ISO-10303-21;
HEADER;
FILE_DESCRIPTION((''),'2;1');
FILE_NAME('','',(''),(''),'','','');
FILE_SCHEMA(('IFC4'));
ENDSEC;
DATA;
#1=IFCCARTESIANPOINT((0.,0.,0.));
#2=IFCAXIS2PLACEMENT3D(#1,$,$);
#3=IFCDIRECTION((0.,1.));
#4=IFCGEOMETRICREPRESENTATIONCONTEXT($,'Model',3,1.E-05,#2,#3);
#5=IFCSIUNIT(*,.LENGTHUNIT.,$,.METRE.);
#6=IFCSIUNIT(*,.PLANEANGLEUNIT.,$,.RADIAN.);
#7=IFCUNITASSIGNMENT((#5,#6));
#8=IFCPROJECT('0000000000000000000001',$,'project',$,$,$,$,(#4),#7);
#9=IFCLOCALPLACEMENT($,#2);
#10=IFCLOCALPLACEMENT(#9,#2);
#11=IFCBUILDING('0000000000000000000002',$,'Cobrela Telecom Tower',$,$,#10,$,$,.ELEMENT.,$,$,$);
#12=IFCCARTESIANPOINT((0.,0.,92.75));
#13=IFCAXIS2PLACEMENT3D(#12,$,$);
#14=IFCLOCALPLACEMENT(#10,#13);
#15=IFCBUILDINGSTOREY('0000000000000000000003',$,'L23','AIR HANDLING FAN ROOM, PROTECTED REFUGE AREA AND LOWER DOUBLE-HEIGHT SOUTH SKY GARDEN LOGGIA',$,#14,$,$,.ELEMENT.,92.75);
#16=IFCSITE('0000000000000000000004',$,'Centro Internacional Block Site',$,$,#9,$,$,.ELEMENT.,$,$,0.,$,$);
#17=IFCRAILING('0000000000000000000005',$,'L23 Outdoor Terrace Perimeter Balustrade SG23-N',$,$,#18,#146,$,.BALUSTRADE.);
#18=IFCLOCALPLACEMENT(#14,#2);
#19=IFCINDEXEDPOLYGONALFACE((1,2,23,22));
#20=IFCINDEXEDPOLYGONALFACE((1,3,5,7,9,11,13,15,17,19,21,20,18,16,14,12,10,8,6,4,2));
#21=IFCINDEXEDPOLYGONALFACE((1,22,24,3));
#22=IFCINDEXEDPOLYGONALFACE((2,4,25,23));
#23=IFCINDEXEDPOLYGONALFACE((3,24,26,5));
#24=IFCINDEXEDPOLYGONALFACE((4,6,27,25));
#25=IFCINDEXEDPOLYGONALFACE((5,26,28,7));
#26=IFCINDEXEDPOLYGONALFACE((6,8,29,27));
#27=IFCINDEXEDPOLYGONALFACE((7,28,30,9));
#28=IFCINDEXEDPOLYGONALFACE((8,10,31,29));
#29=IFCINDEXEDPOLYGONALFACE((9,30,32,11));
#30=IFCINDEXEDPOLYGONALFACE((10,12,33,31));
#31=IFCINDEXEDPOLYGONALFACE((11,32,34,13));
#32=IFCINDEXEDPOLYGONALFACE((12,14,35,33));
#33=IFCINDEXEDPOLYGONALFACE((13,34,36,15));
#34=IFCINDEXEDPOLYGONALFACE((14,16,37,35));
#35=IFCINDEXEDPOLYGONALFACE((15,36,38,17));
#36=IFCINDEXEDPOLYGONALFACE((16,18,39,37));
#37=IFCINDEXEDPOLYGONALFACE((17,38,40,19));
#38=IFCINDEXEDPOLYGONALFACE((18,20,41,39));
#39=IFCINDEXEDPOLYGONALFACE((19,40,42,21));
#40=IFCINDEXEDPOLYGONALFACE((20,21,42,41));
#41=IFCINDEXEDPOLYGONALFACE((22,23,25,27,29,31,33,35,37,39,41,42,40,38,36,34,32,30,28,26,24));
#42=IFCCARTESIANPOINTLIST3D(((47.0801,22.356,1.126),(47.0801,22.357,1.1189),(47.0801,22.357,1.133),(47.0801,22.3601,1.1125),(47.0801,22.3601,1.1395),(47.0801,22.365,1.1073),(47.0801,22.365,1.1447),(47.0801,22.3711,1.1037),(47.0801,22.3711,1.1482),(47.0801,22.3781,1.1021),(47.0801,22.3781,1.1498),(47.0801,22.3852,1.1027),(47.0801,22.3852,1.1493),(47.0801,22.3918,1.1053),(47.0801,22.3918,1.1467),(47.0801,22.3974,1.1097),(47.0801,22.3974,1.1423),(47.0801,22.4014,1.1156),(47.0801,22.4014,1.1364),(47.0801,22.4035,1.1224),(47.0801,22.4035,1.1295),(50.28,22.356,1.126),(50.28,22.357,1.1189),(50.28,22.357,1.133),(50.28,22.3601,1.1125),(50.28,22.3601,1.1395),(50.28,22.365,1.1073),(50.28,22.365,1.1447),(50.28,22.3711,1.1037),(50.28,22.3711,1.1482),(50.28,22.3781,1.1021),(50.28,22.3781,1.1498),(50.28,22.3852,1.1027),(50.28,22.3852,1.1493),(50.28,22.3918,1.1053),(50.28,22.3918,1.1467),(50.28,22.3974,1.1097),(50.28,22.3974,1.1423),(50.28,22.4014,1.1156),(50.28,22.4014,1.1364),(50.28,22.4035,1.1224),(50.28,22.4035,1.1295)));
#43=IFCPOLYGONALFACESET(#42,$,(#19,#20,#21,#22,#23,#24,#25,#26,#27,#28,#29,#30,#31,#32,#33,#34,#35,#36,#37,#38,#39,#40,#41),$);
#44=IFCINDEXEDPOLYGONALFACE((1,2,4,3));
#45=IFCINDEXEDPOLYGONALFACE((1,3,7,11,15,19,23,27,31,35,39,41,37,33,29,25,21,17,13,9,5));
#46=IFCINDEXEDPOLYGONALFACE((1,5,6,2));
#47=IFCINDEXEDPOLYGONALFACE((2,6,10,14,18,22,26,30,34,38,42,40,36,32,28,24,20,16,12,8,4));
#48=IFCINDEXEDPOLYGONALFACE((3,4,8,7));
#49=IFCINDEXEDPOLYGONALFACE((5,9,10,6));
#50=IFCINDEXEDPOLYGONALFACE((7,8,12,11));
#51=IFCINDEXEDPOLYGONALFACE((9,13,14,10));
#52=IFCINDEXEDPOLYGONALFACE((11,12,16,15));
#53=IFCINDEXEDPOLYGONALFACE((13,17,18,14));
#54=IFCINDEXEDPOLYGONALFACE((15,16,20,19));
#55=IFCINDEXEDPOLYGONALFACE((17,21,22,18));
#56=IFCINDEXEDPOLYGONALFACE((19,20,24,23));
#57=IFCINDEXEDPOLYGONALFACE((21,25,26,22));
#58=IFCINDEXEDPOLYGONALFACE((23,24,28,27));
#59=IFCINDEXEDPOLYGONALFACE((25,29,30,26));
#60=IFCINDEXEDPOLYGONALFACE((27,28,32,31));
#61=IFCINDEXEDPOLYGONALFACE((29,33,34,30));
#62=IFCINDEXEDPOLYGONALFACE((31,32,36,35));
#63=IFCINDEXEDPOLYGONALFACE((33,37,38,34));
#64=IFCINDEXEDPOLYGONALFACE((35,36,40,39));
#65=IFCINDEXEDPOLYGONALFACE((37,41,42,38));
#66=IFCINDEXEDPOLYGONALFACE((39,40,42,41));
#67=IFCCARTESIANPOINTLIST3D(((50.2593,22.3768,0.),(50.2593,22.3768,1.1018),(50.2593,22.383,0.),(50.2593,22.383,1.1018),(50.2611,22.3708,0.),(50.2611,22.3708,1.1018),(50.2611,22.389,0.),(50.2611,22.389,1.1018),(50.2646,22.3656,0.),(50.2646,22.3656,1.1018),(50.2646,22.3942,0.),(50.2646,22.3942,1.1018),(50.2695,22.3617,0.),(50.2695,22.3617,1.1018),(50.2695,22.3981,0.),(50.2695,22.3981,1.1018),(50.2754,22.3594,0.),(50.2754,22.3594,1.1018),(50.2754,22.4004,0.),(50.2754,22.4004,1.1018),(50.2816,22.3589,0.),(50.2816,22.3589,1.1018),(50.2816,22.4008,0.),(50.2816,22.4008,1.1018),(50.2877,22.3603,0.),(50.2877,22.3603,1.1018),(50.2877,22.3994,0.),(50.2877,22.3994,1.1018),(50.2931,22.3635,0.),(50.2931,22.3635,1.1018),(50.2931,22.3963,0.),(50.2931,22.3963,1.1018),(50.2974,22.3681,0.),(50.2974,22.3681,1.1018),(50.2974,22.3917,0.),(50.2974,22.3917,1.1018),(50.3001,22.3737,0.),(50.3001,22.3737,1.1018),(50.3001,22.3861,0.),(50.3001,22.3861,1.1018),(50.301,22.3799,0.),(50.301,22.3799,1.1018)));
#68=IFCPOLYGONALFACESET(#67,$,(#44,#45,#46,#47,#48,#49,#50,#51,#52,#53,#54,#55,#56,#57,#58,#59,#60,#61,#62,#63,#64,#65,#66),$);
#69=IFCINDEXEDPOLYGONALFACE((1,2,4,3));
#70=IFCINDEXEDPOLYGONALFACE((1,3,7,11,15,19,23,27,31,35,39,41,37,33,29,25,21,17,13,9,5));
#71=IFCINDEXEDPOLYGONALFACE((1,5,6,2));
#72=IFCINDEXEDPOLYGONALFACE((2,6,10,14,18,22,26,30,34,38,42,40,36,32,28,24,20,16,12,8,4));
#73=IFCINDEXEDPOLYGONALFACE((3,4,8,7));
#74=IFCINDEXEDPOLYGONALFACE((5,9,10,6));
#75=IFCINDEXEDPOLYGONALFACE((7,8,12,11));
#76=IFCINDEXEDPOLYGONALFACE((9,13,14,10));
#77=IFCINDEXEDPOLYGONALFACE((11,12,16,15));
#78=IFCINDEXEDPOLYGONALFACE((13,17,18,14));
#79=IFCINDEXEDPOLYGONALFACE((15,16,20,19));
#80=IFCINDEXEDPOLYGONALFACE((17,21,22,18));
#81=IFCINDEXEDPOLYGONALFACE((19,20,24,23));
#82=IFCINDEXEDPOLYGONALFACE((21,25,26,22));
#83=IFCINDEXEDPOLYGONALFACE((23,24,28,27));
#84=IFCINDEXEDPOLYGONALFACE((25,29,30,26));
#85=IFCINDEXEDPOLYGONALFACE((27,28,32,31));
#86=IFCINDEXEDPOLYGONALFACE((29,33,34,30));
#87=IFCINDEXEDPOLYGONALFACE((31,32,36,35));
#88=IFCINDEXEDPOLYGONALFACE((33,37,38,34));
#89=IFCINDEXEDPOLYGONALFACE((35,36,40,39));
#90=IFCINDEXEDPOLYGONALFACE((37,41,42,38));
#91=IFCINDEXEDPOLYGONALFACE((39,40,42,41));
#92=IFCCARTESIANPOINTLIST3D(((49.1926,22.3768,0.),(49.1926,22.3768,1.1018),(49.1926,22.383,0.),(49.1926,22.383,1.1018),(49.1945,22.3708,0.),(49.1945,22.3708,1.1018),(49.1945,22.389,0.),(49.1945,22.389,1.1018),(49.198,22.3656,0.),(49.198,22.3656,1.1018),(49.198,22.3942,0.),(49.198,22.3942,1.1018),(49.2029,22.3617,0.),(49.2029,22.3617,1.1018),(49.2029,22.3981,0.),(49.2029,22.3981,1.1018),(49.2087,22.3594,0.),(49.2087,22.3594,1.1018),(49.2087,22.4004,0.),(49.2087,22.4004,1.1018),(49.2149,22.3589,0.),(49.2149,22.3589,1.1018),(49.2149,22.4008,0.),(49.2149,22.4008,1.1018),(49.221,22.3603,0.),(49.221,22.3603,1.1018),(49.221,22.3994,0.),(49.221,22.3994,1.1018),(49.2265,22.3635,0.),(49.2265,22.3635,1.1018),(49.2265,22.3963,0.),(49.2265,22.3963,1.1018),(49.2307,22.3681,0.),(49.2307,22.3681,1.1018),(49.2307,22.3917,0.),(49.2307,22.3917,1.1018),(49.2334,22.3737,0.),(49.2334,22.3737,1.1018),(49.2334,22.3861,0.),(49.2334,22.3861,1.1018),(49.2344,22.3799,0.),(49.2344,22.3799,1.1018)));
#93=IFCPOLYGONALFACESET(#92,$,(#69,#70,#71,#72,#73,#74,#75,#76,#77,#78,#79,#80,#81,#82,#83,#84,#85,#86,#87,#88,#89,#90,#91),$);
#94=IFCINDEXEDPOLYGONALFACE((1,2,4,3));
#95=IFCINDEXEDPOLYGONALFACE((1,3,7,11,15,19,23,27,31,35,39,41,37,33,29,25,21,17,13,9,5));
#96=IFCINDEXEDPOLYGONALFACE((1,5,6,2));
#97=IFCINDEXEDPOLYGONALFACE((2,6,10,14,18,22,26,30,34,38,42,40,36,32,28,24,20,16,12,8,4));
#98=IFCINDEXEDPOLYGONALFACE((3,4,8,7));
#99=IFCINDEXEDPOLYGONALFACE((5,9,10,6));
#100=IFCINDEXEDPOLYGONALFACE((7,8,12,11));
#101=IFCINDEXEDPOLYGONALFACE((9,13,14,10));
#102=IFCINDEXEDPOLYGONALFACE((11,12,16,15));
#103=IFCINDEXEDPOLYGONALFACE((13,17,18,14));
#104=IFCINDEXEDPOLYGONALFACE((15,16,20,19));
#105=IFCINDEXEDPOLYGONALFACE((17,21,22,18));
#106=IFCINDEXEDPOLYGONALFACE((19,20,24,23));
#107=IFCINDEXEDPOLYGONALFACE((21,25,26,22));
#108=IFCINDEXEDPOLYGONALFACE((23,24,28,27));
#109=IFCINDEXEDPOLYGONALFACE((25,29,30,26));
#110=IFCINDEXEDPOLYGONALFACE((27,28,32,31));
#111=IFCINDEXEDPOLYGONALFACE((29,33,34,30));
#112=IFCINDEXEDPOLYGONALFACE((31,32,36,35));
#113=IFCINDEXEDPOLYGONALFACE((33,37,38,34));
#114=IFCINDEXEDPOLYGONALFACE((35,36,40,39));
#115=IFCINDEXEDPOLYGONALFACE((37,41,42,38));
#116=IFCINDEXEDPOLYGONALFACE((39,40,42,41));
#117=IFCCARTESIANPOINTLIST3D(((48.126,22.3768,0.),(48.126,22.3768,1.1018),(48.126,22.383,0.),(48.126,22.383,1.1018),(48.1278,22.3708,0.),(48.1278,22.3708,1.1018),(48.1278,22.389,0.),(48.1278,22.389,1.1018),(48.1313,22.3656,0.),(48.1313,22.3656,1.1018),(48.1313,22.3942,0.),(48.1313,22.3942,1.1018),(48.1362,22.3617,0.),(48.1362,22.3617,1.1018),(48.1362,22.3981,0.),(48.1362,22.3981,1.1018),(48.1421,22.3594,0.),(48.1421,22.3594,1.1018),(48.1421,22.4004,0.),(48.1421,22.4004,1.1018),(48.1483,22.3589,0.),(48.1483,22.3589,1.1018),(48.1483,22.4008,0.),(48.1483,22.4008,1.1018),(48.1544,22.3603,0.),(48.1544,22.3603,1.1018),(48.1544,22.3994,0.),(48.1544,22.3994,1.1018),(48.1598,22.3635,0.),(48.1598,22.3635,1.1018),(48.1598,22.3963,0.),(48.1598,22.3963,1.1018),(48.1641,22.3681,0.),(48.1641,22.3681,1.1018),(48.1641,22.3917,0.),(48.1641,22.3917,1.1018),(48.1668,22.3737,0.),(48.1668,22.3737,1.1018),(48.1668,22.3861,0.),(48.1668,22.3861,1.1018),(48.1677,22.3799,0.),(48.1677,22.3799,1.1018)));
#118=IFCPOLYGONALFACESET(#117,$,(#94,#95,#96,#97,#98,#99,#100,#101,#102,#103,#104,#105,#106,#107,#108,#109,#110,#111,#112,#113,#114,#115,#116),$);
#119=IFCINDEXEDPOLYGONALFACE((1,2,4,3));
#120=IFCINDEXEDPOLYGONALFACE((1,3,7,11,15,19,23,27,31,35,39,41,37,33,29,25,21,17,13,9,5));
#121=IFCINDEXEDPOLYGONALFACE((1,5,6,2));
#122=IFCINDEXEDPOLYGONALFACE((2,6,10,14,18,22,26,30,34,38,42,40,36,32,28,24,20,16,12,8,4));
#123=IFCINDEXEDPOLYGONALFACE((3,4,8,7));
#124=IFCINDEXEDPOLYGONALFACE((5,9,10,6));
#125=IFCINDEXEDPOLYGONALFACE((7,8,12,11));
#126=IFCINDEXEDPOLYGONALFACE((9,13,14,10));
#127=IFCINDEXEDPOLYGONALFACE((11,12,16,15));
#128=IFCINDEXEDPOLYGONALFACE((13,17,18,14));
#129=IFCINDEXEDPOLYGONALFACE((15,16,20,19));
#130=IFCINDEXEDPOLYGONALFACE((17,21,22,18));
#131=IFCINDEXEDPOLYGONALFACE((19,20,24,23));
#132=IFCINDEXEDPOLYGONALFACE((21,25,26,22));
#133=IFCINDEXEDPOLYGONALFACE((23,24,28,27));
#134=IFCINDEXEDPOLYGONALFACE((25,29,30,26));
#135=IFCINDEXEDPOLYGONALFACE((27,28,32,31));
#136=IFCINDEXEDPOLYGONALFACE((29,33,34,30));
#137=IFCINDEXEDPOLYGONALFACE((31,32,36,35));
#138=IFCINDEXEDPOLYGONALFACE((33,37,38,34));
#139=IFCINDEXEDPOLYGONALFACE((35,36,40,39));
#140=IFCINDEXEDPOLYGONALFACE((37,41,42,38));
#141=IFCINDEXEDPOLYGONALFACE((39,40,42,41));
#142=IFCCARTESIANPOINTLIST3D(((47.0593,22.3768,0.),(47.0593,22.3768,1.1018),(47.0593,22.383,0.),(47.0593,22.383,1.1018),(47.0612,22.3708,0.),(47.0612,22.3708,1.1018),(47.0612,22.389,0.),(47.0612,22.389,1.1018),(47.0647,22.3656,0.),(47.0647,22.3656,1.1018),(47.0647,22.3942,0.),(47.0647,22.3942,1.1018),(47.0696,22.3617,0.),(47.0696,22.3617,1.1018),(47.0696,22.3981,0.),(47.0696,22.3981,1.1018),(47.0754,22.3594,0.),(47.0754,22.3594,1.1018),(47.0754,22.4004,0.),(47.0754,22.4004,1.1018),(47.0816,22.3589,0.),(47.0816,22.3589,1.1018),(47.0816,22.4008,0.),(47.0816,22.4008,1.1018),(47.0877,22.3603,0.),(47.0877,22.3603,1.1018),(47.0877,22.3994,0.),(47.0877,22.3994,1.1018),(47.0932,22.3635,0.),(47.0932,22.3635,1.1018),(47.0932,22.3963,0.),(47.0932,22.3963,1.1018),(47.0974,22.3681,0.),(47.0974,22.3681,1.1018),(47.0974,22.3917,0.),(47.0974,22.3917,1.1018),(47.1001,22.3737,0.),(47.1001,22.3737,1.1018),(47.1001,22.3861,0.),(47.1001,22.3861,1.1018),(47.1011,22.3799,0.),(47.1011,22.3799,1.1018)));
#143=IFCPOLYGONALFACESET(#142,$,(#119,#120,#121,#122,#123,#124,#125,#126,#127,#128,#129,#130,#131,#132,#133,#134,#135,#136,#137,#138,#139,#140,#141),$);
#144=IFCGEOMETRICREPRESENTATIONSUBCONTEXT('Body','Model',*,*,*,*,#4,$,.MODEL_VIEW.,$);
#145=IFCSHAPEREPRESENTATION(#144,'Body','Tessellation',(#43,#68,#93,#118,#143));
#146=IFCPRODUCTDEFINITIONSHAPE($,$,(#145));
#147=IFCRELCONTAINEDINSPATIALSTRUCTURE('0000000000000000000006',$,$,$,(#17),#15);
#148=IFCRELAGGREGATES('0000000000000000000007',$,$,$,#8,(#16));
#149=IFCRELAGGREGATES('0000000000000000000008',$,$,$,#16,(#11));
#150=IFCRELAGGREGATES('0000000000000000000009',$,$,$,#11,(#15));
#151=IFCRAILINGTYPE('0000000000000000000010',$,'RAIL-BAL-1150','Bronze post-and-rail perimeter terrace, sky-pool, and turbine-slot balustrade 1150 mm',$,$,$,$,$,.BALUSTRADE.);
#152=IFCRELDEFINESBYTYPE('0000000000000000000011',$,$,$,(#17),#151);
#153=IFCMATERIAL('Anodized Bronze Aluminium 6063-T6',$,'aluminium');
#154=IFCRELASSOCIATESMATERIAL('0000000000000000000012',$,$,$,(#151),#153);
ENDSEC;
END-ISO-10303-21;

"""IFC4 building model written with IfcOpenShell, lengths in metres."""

from ifc_helpers import new_model, si_unit, direction, frame, origin, origin_2d, place, context, subcontext, project, spatial, circle, extrude, material, type_object, element, save


model = new_model("IFC4")

# Units and contexts
model_context = context("Model", 3, precision=1e-05, world=origin(), true_north=direction((0.0, 1.0)))
body_context = subcontext(model_context, "Body", "Model", "MODEL_VIEW")
ifc_project = project(units=[si_unit("LENGTHUNIT", "METRE"), si_unit("PLANEANGLEUNIT", "RADIAN")], contexts=[model_context])

# Site, building, storey
site_placement = place(None, origin())
site = spatial("IfcSite", under=ifc_project, at=site_placement, Name="Centro Internacional Block Site", CompositionType="ELEMENT", RefElevation=0.0)
building_placement = place(site_placement, origin())
building = spatial("IfcBuilding", under=site, at=building_placement, Name="Cobrela Telecom Tower", CompositionType="ELEMENT")
storey_placement = place(building_placement, frame((0.0, 0.0, 92.75)))
storey = spatial("IfcBuildingStorey", under=building, at=storey_placement, Name="L23", Description="AIR HANDLING FAN ROOM, PROTECTED REFUGE AREA AND LOWER DOUBLE-HEIGHT SOUTH SKY GARDEN LOGGIA", CompositionType="ELEMENT", Elevation=92.75)

# Railing
ifc_material_1 = material(Name="Anodized Bronze Aluminium 6063-T6", Category="aluminium")
railing_type = type_object("IfcRailingType", Name="RAIL-BAL-1150", Description="Bronze post-and-rail perimeter terrace, sky-pool, and turbine-slot balustrade 1150 mm", PredefinedType="BALUSTRADE", material=ifc_material_1)
railing_placement = place(storey_placement, frame((50.28, 22.3799, 0.0)))
element("IfcRailing", 1, at=railing_placement, inside=storey, type_object=railing_type, Name="L23 Outdoor Terrace Perimeter Balustrade SG23-N", PredefinedType="BALUSTRADE", context=body_context, shape_type="SweptSolid", body=[
    extrude(circle(Radius=0.0239, at=origin_2d()), frame((0.0, 0.0, 1.126), z_axis=(-1.0, 0.0, 0.0), x_axis=(0.0, -1.0, 0.0)), (0.0, 0.0, 1.0), 3.2),
    extrude(circle(Radius=0.021, at=origin_2d()), origin(), (0.0, 0.0, 1.0), 1.1018),
    extrude(circle(Radius=0.021, at=origin_2d()), frame((-1.0667, 0.0, 0.0)), (0.0, 0.0, 1.0), 1.1018),
    extrude(circle(Radius=0.021, at=origin_2d()), frame((-2.1333, 0.0, 0.0)), (0.0, 0.0, 1.0), 1.1018),
    extrude(circle(Radius=0.021, at=origin_2d()), frame((-3.2, 0.0, 0.0)), (0.0, 0.0, 1.0), 1.1018),
])

save(model, "model.ifc")
